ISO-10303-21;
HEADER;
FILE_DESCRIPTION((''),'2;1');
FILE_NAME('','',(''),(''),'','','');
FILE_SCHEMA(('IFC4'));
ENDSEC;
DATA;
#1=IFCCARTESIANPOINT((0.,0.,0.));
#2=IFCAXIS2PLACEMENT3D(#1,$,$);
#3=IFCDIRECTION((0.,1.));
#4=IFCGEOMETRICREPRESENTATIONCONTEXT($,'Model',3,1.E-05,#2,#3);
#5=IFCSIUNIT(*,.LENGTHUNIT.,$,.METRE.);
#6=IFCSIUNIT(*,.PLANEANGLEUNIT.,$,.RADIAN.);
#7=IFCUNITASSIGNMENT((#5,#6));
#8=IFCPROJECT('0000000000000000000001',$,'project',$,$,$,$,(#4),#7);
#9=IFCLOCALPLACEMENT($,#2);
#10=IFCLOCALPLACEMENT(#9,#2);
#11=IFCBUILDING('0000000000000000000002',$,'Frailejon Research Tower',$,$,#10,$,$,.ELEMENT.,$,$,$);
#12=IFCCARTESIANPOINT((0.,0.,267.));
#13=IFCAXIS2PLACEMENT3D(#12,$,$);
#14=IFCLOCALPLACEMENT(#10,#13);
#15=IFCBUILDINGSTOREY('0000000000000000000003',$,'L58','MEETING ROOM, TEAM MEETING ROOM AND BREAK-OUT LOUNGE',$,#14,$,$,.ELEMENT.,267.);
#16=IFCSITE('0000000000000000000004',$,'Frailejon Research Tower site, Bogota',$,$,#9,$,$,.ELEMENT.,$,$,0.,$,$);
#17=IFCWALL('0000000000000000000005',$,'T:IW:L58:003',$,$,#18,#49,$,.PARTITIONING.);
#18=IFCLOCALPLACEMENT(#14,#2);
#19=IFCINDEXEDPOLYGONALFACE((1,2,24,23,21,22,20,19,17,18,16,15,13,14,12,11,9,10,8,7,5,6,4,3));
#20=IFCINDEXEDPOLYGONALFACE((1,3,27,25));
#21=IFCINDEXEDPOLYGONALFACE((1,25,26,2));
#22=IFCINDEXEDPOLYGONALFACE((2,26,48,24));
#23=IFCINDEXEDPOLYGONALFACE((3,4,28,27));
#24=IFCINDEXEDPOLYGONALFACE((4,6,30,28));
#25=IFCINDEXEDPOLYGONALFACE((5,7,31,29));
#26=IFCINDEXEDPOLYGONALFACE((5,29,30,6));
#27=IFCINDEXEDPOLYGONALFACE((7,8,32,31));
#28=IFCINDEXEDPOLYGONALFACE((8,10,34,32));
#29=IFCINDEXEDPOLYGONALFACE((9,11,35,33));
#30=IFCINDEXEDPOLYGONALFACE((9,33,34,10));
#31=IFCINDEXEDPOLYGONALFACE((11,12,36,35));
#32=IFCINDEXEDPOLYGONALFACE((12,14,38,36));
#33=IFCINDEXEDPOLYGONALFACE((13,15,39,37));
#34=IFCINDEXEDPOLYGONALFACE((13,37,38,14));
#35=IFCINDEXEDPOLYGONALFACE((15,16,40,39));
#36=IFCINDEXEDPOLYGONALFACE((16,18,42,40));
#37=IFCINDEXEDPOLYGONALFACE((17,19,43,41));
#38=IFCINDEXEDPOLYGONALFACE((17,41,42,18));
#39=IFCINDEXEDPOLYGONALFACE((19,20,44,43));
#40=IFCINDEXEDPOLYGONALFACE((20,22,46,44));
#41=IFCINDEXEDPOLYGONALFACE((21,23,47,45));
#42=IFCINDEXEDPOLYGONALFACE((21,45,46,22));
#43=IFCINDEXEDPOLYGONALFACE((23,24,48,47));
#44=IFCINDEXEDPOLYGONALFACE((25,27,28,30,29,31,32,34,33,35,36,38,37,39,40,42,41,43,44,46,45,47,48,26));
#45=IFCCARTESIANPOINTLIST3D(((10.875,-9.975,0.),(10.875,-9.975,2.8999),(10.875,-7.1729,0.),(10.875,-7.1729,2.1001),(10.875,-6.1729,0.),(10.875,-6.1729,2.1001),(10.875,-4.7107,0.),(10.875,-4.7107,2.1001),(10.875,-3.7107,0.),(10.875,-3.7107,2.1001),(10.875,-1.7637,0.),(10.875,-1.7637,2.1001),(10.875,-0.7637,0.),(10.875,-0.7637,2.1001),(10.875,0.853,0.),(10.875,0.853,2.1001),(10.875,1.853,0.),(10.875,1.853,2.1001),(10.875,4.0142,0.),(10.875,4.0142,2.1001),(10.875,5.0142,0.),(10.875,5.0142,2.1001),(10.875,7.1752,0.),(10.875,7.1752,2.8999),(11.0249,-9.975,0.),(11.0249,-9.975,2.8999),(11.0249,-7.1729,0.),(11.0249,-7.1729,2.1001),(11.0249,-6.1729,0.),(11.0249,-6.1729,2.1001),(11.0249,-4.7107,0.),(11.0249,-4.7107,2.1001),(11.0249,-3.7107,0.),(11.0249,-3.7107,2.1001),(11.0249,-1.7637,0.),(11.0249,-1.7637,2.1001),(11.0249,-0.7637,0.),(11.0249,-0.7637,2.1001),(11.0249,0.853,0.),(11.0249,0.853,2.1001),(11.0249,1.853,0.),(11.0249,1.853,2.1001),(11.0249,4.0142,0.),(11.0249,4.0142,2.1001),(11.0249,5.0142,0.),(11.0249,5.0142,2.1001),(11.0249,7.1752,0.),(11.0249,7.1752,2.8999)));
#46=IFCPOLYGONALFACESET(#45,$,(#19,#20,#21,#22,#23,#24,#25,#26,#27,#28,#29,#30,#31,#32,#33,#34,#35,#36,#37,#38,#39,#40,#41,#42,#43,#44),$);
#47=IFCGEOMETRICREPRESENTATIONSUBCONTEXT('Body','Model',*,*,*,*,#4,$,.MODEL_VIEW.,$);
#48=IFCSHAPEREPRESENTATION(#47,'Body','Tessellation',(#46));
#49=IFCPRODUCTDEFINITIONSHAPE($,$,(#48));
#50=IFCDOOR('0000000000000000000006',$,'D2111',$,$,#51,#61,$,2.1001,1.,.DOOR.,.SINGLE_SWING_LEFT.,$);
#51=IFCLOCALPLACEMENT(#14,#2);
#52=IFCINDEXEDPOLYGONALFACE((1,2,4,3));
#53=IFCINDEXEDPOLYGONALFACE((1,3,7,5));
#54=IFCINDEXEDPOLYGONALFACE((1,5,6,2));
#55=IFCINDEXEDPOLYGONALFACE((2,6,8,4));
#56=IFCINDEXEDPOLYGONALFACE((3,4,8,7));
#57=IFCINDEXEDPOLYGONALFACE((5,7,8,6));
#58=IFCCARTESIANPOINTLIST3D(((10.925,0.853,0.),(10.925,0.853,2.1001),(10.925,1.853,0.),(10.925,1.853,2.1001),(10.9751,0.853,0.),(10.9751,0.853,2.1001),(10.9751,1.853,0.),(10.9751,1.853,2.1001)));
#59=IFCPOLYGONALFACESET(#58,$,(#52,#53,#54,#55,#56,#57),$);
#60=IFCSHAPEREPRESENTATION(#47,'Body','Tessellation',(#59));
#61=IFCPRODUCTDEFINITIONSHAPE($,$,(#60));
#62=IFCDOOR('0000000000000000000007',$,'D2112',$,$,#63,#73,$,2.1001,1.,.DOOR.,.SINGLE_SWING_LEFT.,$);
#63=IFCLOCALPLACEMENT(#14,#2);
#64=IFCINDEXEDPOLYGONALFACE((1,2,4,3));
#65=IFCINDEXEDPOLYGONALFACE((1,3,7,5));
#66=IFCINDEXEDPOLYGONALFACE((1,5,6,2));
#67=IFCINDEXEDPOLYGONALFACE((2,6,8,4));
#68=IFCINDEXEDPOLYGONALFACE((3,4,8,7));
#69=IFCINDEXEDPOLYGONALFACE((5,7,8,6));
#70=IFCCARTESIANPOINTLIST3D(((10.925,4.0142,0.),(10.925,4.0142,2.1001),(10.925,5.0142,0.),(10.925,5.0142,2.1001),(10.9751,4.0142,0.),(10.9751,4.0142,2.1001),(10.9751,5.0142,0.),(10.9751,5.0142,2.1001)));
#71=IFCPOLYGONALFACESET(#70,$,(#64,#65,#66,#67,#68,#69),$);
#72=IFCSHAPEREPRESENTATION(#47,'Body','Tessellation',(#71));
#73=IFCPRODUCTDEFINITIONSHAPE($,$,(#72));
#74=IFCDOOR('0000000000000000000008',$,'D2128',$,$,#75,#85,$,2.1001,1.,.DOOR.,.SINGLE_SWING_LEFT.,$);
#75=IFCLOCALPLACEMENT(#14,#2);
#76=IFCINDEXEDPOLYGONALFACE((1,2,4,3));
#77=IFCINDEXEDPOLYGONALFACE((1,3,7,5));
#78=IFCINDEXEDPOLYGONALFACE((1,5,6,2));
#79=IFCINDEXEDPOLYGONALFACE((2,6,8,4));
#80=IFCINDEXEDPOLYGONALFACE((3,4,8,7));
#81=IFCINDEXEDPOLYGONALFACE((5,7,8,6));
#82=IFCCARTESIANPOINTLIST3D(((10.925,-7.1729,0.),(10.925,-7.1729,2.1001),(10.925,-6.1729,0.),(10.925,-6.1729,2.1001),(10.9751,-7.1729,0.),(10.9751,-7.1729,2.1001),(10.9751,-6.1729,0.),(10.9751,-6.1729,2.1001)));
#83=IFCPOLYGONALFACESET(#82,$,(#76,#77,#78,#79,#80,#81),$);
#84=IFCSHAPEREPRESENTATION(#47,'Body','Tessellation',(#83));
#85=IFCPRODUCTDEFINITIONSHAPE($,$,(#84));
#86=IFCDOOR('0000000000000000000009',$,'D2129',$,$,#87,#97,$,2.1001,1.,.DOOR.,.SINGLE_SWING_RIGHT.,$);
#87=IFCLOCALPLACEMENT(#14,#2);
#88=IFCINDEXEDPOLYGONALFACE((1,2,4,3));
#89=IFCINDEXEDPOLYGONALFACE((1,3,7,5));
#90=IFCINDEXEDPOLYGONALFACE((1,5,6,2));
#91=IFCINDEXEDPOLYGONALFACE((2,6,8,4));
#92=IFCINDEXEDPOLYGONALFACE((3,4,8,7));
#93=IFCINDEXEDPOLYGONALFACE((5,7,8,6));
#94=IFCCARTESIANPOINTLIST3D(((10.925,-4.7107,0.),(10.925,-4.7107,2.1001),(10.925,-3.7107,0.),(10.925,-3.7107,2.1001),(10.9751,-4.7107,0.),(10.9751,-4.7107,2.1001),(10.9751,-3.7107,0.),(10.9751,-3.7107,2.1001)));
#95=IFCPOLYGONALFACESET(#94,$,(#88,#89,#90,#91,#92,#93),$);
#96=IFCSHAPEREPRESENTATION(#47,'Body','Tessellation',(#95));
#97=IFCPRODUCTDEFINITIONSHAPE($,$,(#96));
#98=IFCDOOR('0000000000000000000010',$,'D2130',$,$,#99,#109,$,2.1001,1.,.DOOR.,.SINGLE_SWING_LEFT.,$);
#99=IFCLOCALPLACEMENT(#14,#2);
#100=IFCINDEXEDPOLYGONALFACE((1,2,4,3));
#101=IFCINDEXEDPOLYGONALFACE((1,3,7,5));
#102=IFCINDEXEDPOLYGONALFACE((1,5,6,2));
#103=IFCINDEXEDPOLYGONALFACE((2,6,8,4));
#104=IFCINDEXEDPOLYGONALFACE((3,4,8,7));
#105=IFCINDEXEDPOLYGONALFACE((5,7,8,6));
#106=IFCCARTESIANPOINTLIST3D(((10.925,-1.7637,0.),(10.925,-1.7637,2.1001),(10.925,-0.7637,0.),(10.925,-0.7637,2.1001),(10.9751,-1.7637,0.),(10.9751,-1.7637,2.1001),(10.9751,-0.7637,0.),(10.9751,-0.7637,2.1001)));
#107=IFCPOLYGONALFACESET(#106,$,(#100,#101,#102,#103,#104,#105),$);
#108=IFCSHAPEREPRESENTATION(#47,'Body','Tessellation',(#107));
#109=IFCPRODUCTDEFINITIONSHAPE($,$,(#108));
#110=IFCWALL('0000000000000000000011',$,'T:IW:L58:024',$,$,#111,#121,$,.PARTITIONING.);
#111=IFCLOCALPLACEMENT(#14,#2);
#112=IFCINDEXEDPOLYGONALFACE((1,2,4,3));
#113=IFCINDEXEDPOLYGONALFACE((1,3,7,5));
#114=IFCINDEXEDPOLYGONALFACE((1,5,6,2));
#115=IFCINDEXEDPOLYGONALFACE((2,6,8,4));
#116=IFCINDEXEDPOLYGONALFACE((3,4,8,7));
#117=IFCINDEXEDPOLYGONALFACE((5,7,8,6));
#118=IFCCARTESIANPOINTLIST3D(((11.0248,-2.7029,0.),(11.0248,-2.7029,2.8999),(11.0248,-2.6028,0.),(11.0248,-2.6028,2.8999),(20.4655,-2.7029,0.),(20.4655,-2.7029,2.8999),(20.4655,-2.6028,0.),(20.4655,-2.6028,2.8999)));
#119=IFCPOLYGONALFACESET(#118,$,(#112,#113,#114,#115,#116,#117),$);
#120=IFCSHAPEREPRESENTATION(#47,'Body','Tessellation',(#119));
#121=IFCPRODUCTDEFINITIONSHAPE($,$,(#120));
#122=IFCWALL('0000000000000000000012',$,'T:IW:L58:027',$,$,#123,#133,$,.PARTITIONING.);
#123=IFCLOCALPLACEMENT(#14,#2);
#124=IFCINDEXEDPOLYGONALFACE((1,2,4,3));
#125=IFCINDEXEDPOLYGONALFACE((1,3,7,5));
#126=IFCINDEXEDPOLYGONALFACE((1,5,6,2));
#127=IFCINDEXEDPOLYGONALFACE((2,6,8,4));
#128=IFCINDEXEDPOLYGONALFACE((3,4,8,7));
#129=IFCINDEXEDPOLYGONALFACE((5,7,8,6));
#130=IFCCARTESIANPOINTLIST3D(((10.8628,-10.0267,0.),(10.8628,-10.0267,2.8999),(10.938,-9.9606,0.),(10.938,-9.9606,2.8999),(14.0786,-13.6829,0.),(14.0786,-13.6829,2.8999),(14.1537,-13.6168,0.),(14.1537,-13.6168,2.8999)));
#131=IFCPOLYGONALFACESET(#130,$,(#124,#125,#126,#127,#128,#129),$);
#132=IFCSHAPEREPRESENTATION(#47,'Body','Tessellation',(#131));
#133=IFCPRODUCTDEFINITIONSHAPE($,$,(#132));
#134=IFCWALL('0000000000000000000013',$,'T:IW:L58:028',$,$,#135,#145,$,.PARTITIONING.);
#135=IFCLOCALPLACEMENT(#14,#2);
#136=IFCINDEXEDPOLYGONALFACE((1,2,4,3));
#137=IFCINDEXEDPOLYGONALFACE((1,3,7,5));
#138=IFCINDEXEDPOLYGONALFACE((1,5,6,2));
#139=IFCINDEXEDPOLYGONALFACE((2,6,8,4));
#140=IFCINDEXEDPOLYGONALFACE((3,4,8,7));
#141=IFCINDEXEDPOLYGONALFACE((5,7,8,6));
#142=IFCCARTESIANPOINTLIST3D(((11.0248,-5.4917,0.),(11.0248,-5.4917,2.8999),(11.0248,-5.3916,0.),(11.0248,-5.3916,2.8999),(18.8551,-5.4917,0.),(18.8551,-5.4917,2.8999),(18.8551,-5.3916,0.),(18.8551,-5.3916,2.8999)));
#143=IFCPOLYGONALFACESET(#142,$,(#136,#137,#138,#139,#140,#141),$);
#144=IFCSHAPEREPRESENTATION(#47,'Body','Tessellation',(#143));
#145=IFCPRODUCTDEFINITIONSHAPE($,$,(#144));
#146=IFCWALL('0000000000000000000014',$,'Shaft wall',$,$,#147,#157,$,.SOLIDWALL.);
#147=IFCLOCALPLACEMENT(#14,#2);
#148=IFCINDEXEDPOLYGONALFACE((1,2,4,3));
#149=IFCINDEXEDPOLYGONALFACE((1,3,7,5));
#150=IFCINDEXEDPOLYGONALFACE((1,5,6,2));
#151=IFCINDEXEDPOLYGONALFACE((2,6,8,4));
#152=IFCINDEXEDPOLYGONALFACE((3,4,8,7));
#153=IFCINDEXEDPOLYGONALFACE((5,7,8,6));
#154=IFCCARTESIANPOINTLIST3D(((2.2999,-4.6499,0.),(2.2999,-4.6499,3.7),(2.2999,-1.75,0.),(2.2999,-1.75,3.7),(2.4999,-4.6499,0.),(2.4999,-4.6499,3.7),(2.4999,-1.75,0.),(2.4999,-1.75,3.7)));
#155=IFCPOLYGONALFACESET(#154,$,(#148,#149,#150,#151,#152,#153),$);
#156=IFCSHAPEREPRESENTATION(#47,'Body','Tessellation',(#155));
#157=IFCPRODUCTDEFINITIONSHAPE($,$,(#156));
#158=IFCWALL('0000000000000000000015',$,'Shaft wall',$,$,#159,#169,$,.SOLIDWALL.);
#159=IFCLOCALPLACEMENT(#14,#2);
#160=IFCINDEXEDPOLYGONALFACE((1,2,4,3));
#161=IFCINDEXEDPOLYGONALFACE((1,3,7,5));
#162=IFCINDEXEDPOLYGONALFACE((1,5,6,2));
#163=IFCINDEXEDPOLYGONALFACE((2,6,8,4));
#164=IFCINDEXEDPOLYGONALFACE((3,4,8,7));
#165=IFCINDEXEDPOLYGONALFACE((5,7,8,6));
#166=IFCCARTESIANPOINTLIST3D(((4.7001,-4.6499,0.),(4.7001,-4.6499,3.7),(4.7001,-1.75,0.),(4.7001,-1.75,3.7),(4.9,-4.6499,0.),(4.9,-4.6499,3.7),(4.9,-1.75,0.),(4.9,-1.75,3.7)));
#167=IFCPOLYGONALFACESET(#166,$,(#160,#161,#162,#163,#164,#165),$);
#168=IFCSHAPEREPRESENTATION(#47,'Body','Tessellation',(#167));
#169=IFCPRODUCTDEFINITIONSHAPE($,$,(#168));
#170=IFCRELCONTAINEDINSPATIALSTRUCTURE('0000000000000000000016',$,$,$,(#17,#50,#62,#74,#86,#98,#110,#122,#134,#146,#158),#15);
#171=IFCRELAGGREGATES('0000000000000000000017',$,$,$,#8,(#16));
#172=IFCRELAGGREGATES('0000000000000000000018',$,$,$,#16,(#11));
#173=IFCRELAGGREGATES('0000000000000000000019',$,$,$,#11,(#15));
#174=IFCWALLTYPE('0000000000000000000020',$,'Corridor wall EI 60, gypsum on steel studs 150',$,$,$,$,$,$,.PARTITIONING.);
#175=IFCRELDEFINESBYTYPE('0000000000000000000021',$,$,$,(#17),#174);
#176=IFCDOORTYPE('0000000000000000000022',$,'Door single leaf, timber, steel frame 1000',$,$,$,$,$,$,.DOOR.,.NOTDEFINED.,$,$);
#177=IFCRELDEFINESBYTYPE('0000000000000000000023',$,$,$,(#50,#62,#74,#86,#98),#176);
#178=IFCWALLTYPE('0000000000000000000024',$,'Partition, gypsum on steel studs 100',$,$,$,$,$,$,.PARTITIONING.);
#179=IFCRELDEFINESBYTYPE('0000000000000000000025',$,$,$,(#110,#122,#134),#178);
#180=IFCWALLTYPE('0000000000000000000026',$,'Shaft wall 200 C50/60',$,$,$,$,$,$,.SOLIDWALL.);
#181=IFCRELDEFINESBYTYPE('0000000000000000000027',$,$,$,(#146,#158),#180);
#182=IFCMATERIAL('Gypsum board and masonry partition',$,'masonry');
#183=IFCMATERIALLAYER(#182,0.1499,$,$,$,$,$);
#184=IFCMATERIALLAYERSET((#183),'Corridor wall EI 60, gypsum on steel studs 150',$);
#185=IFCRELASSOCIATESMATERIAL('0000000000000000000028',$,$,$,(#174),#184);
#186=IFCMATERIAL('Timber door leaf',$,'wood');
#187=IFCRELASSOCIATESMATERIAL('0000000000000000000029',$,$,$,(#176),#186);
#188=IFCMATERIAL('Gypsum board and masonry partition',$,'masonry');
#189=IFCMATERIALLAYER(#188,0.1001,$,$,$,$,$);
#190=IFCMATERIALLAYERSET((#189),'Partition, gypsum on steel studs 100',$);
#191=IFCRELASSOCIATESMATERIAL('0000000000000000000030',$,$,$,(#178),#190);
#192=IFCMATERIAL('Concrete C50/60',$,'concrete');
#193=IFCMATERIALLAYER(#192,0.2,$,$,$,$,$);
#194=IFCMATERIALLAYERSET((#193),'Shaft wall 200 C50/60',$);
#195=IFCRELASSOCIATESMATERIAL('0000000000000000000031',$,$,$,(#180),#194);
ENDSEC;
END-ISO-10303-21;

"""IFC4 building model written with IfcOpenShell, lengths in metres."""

from ifc_helpers import new_model, si_unit, direction, frame, frame_2d, origin, place, context, subcontext, project, spatial, rectangle, extrude, material, layer, layer_set, type_object, element, fill, save


model = new_model("IFC4")

# Units and contexts
model_context = context("Model", 3, precision=1e-05, world=origin(), true_north=direction((0.0, 1.0)))
body_context = subcontext(model_context, "Body", "Model", "MODEL_VIEW")
ifc_project = project(units=[si_unit("LENGTHUNIT", "METRE"), si_unit("PLANEANGLEUNIT", "RADIAN")], contexts=[model_context])

# Site, building, storey
site_placement = place(None, origin())
site = spatial("IfcSite", under=ifc_project, at=site_placement, Name="Frailejon Research Tower site, Bogota", CompositionType="ELEMENT", RefElevation=0.0)
building_placement = place(site_placement, origin())
building = spatial("IfcBuilding", under=site, at=building_placement, Name="Frailejon Research Tower", CompositionType="ELEMENT")
storey_placement = place(building_placement, frame((0.0, 0.0, 267.0)))
storey = spatial("IfcBuildingStorey", under=building, at=storey_placement, Name="L58", Description="MEETING ROOM, TEAM MEETING ROOM AND BREAK-OUT LOUNGE", CompositionType="ELEMENT", Elevation=267.0)

# Wall, openings, doors
ifc_material_1 = material(Name="Gypsum board and masonry partition", Category="masonry")
ifc_layer_1 = layer(ifc_material_1, 0.1499)
ifc_layer_set_1 = layer_set([ifc_layer_1], Name="Corridor wall EI 60, gypsum on steel studs 150")
wall_type_1 = type_object("IfcWallType", Name="Corridor wall EI 60, gypsum on steel studs 150", PredefinedType="PARTITIONING", material=ifc_layer_set_1)
wall_1_placement = place(storey_placement, frame((10.95, -9.9751, 0.0), z_axis=(0.0, 0.0, 1.0), x_axis=(0.0, 1.0, 0.0)))
wall_1 = element("IfcWall", 1, at=wall_1_placement, inside=storey, type_object=wall_type_1, Name="T:IW:L58:003", PredefinedType="PARTITIONING", context=body_context, shape_type="SweptSolid", body=[
    extrude(rectangle(XDim=17.1501, YDim=0.1499, at=frame_2d((8.5752, 0.0))), origin(), (0.0, 0.0, 1.0), 2.8999),
])
opening_1_placement = place(wall_1_placement, frame((10.8281, 0.0, 0.0)))
opening_1 = element("IfcOpeningElement", 2, at=opening_1_placement, cuts=wall_1, PredefinedType="OPENING", context=body_context, shape_type="SweptSolid", body=[
    extrude(rectangle(XDim=1.0, YDim=2.1001, at=frame_2d((0.5, 1.05))), frame((0.0, 0.085, 0.0), z_axis=(0.0, -1.0, 0.0), x_axis=(1.0, 0.0, 0.0)), (0.0, 0.0, 1.0), 0.1699),
])
opening_2_placement = place(wall_1_placement, frame((13.9893, 0.0, 0.0)))
opening_2 = element("IfcOpeningElement", 3, at=opening_2_placement, cuts=wall_1, PredefinedType="OPENING", context=body_context, shape_type="SweptSolid", body=[
    extrude(rectangle(XDim=1.0, YDim=2.1001, at=frame_2d((0.5, 1.05))), frame((0.0, 0.085, 0.0), z_axis=(0.0, -1.0, 0.0), x_axis=(1.0, 0.0, 0.0)), (0.0, 0.0, 1.0), 0.1699),
])
opening_3_placement = place(wall_1_placement, frame((2.8022, 0.0, 0.0)))
opening_3 = element("IfcOpeningElement", 4, at=opening_3_placement, cuts=wall_1, PredefinedType="OPENING", context=body_context, shape_type="SweptSolid", body=[
    extrude(rectangle(XDim=1.0, YDim=2.1001, at=frame_2d((0.5, 1.05))), frame((0.0, 0.085, 0.0), z_axis=(0.0, -1.0, 0.0), x_axis=(1.0, 0.0, 0.0)), (0.0, 0.0, 1.0), 0.1699),
])
opening_4_placement = place(wall_1_placement, frame((5.2644, 0.0, 0.0)))
opening_4 = element("IfcOpeningElement", 5, at=opening_4_placement, cuts=wall_1, PredefinedType="OPENING", context=body_context, shape_type="SweptSolid", body=[
    extrude(rectangle(XDim=1.0, YDim=2.1001, at=frame_2d((0.5, 1.05))), frame((0.0, 0.085, 0.0), z_axis=(0.0, -1.0, 0.0), x_axis=(1.0, 0.0, 0.0)), (0.0, 0.0, 1.0), 0.1699),
])
opening_5_placement = place(wall_1_placement, frame((8.2114, 0.0, 0.0)))
opening_5 = element("IfcOpeningElement", 6, at=opening_5_placement, cuts=wall_1, PredefinedType="OPENING", context=body_context, shape_type="SweptSolid", body=[
    extrude(rectangle(XDim=1.0, YDim=2.1001, at=frame_2d((0.5, 1.05))), frame((0.0, 0.085, 0.0), z_axis=(0.0, -1.0, 0.0), x_axis=(1.0, 0.0, 0.0)), (0.0, 0.0, 1.0), 0.1699),
])
ifc_material_2 = material(Name="Timber door leaf", Category="wood")
door_type_1 = type_object("IfcDoorType", Name="Door single leaf, timber, steel frame 1000", OperationType="NOTDEFINED", PredefinedType="DOOR", material=ifc_material_2)
door_1_placement = place(opening_1_placement, origin())
door_1 = element("IfcDoor", 7, at=door_1_placement, inside=storey, type_object=door_type_1, Name="D2111", OperationType="SINGLE_SWING_LEFT", OverallHeight=2.1001, OverallWidth=1.0, PredefinedType="DOOR", context=body_context, shape_type="SweptSolid", body=[
    extrude(rectangle(XDim=1.0, YDim=2.1001, at=frame_2d((0.5, 1.05))), frame((0.0, 0.0249, 0.0), z_axis=(0.0, -1.0, 0.0), x_axis=(1.0, 0.0, 0.0)), (0.0, 0.0, 1.0), 0.05),
])
fill(opening_1, door_1)
door_2_placement = place(opening_2_placement, origin())
door_2 = element("IfcDoor", 8, at=door_2_placement, inside=storey, type_object=door_type_1, Name="D2112", OperationType="SINGLE_SWING_LEFT", OverallHeight=2.1001, OverallWidth=1.0, PredefinedType="DOOR", context=body_context, shape_type="SweptSolid", body=[
    extrude(rectangle(XDim=1.0, YDim=2.1001, at=frame_2d((0.5, 1.05))), frame((0.0, 0.0249, 0.0), z_axis=(0.0, -1.0, 0.0), x_axis=(1.0, 0.0, 0.0)), (0.0, 0.0, 1.0), 0.05),
])
fill(opening_2, door_2)
door_3_placement = place(opening_3_placement, origin())
door_3 = element("IfcDoor", 9, at=door_3_placement, inside=storey, type_object=door_type_1, Name="D2128", OperationType="SINGLE_SWING_LEFT", OverallHeight=2.1001, OverallWidth=1.0, PredefinedType="DOOR", context=body_context, shape_type="SweptSolid", body=[
    extrude(rectangle(XDim=1.0, YDim=2.1001, at=frame_2d((0.5, 1.05))), frame((0.0, 0.0249, 0.0), z_axis=(0.0, -1.0, 0.0), x_axis=(1.0, 0.0, 0.0)), (0.0, 0.0, 1.0), 0.05),
])
fill(opening_3, door_3)
door_4_placement = place(opening_4_placement, origin())
door_4 = element("IfcDoor", 10, at=door_4_placement, inside=storey, type_object=door_type_1, Name="D2129", OperationType="SINGLE_SWING_RIGHT", OverallHeight=2.1001, OverallWidth=1.0, PredefinedType="DOOR", context=body_context, shape_type="SweptSolid", body=[
    extrude(rectangle(XDim=1.0, YDim=2.1001, at=frame_2d((0.5, 1.05))), frame((0.0, 0.0249, 0.0), z_axis=(0.0, -1.0, 0.0), x_axis=(1.0, 0.0, 0.0)), (0.0, 0.0, 1.0), 0.05),
])
fill(opening_4, door_4)
door_5_placement = place(opening_5_placement, origin())
door_5 = element("IfcDoor", 11, at=door_5_placement, inside=storey, type_object=door_type_1, Name="D2130", OperationType="SINGLE_SWING_LEFT", OverallHeight=2.1001, OverallWidth=1.0, PredefinedType="DOOR", context=body_context, shape_type="SweptSolid", body=[
    extrude(rectangle(XDim=1.0, YDim=2.1001, at=frame_2d((0.5, 1.05))), frame((0.0, 0.0249, 0.0), z_axis=(0.0, -1.0, 0.0), x_axis=(1.0, 0.0, 0.0)), (0.0, 0.0, 1.0), 0.05),
])
fill(opening_5, door_5)

# Walls
ifc_material_3 = material(Name="Gypsum board and masonry partition", Category="masonry")
ifc_layer_2 = layer(ifc_material_3, 0.1001)
ifc_layer_set_2 = layer_set([ifc_layer_2], Name="Partition, gypsum on steel studs 100")
wall_type_2 = type_object("IfcWallType", Name="Partition, gypsum on steel studs 100", PredefinedType="PARTITIONING", material=ifc_layer_set_2)
wall_2_placement = place(storey_placement, frame((11.0249, -2.6528, 0.0), z_axis=(0.0, 0.0, 1.0), x_axis=(1.0, 0.0, 0.0)))
element("IfcWall", 12, at=wall_2_placement, inside=storey, type_object=wall_type_2, Name="T:IW:L58:024", PredefinedType="PARTITIONING", context=body_context, shape_type="SweptSolid", body=[
    extrude(rectangle(XDim=9.4407, YDim=0.1001, at=frame_2d((4.7202, 0.0))), origin(), (0.0, 0.0, 1.0), 2.8999),
])
wall_3_placement = place(storey_placement, frame((10.9004, -9.9937, 0.0), z_axis=(0.0, 0.0, 1.0), x_axis=(0.660433, -0.750885, 0.0)))
element("IfcWall", 13, at=wall_3_placement, inside=storey, type_object=wall_type_2, Name="T:IW:L58:027", PredefinedType="PARTITIONING", context=body_context, shape_type="SweptSolid", body=[
    extrude(rectangle(XDim=4.8691, YDim=0.1001, at=frame_2d((2.4346, 0.0))), origin(), (0.0, 0.0, 1.0), 2.8999),
])
wall_4_placement = place(storey_placement, frame((11.0249, -5.4417, 0.0), z_axis=(0.0, 0.0, 1.0), x_axis=(1.0, 0.0, 0.0)))
element("IfcWall", 14, at=wall_4_placement, inside=storey, type_object=wall_type_2, Name="T:IW:L58:028", PredefinedType="PARTITIONING", context=body_context, shape_type="SweptSolid", body=[
    extrude(rectangle(XDim=7.8303, YDim=0.1001, at=frame_2d((3.915, 0.0))), origin(), (0.0, 0.0, 1.0), 2.8999),
])
ifc_material_4 = material(Name="Concrete C50/60", Category="concrete")
ifc_layer_3 = layer(ifc_material_4, 0.2)
ifc_layer_set_3 = layer_set([ifc_layer_3], Name="Shaft wall 200 C50/60")
wall_type_3 = type_object("IfcWallType", Name="Shaft wall 200 C50/60", PredefinedType="SOLIDWALL", material=ifc_layer_set_3)
for number, where, z_axis, x_axis, name in (
    (15, (2.3999, -4.6499, 0.0), (0.0, 0.0, 1.0), (0.0, 1.0, 0.0), "Shaft wall"),
    (16, (4.8, -4.6499, 0.0), (0.0, 0.0, 1.0), (0.0, 1.0, 0.0), "Shaft wall"),
):
    element("IfcWall", number, at=place(storey_placement, frame(where, z_axis=z_axis, x_axis=x_axis)), inside=storey, type_object=wall_type_3, Name=name, PredefinedType="SOLIDWALL", context=body_context, shape_type="SweptSolid", body=[
        extrude(rectangle(XDim=2.8999, YDim=0.2, at=frame_2d((1.45, 0.0))), origin(), (0.0, 0.0, 1.0), 3.7),
    ])

save(model, "model.ifc")
